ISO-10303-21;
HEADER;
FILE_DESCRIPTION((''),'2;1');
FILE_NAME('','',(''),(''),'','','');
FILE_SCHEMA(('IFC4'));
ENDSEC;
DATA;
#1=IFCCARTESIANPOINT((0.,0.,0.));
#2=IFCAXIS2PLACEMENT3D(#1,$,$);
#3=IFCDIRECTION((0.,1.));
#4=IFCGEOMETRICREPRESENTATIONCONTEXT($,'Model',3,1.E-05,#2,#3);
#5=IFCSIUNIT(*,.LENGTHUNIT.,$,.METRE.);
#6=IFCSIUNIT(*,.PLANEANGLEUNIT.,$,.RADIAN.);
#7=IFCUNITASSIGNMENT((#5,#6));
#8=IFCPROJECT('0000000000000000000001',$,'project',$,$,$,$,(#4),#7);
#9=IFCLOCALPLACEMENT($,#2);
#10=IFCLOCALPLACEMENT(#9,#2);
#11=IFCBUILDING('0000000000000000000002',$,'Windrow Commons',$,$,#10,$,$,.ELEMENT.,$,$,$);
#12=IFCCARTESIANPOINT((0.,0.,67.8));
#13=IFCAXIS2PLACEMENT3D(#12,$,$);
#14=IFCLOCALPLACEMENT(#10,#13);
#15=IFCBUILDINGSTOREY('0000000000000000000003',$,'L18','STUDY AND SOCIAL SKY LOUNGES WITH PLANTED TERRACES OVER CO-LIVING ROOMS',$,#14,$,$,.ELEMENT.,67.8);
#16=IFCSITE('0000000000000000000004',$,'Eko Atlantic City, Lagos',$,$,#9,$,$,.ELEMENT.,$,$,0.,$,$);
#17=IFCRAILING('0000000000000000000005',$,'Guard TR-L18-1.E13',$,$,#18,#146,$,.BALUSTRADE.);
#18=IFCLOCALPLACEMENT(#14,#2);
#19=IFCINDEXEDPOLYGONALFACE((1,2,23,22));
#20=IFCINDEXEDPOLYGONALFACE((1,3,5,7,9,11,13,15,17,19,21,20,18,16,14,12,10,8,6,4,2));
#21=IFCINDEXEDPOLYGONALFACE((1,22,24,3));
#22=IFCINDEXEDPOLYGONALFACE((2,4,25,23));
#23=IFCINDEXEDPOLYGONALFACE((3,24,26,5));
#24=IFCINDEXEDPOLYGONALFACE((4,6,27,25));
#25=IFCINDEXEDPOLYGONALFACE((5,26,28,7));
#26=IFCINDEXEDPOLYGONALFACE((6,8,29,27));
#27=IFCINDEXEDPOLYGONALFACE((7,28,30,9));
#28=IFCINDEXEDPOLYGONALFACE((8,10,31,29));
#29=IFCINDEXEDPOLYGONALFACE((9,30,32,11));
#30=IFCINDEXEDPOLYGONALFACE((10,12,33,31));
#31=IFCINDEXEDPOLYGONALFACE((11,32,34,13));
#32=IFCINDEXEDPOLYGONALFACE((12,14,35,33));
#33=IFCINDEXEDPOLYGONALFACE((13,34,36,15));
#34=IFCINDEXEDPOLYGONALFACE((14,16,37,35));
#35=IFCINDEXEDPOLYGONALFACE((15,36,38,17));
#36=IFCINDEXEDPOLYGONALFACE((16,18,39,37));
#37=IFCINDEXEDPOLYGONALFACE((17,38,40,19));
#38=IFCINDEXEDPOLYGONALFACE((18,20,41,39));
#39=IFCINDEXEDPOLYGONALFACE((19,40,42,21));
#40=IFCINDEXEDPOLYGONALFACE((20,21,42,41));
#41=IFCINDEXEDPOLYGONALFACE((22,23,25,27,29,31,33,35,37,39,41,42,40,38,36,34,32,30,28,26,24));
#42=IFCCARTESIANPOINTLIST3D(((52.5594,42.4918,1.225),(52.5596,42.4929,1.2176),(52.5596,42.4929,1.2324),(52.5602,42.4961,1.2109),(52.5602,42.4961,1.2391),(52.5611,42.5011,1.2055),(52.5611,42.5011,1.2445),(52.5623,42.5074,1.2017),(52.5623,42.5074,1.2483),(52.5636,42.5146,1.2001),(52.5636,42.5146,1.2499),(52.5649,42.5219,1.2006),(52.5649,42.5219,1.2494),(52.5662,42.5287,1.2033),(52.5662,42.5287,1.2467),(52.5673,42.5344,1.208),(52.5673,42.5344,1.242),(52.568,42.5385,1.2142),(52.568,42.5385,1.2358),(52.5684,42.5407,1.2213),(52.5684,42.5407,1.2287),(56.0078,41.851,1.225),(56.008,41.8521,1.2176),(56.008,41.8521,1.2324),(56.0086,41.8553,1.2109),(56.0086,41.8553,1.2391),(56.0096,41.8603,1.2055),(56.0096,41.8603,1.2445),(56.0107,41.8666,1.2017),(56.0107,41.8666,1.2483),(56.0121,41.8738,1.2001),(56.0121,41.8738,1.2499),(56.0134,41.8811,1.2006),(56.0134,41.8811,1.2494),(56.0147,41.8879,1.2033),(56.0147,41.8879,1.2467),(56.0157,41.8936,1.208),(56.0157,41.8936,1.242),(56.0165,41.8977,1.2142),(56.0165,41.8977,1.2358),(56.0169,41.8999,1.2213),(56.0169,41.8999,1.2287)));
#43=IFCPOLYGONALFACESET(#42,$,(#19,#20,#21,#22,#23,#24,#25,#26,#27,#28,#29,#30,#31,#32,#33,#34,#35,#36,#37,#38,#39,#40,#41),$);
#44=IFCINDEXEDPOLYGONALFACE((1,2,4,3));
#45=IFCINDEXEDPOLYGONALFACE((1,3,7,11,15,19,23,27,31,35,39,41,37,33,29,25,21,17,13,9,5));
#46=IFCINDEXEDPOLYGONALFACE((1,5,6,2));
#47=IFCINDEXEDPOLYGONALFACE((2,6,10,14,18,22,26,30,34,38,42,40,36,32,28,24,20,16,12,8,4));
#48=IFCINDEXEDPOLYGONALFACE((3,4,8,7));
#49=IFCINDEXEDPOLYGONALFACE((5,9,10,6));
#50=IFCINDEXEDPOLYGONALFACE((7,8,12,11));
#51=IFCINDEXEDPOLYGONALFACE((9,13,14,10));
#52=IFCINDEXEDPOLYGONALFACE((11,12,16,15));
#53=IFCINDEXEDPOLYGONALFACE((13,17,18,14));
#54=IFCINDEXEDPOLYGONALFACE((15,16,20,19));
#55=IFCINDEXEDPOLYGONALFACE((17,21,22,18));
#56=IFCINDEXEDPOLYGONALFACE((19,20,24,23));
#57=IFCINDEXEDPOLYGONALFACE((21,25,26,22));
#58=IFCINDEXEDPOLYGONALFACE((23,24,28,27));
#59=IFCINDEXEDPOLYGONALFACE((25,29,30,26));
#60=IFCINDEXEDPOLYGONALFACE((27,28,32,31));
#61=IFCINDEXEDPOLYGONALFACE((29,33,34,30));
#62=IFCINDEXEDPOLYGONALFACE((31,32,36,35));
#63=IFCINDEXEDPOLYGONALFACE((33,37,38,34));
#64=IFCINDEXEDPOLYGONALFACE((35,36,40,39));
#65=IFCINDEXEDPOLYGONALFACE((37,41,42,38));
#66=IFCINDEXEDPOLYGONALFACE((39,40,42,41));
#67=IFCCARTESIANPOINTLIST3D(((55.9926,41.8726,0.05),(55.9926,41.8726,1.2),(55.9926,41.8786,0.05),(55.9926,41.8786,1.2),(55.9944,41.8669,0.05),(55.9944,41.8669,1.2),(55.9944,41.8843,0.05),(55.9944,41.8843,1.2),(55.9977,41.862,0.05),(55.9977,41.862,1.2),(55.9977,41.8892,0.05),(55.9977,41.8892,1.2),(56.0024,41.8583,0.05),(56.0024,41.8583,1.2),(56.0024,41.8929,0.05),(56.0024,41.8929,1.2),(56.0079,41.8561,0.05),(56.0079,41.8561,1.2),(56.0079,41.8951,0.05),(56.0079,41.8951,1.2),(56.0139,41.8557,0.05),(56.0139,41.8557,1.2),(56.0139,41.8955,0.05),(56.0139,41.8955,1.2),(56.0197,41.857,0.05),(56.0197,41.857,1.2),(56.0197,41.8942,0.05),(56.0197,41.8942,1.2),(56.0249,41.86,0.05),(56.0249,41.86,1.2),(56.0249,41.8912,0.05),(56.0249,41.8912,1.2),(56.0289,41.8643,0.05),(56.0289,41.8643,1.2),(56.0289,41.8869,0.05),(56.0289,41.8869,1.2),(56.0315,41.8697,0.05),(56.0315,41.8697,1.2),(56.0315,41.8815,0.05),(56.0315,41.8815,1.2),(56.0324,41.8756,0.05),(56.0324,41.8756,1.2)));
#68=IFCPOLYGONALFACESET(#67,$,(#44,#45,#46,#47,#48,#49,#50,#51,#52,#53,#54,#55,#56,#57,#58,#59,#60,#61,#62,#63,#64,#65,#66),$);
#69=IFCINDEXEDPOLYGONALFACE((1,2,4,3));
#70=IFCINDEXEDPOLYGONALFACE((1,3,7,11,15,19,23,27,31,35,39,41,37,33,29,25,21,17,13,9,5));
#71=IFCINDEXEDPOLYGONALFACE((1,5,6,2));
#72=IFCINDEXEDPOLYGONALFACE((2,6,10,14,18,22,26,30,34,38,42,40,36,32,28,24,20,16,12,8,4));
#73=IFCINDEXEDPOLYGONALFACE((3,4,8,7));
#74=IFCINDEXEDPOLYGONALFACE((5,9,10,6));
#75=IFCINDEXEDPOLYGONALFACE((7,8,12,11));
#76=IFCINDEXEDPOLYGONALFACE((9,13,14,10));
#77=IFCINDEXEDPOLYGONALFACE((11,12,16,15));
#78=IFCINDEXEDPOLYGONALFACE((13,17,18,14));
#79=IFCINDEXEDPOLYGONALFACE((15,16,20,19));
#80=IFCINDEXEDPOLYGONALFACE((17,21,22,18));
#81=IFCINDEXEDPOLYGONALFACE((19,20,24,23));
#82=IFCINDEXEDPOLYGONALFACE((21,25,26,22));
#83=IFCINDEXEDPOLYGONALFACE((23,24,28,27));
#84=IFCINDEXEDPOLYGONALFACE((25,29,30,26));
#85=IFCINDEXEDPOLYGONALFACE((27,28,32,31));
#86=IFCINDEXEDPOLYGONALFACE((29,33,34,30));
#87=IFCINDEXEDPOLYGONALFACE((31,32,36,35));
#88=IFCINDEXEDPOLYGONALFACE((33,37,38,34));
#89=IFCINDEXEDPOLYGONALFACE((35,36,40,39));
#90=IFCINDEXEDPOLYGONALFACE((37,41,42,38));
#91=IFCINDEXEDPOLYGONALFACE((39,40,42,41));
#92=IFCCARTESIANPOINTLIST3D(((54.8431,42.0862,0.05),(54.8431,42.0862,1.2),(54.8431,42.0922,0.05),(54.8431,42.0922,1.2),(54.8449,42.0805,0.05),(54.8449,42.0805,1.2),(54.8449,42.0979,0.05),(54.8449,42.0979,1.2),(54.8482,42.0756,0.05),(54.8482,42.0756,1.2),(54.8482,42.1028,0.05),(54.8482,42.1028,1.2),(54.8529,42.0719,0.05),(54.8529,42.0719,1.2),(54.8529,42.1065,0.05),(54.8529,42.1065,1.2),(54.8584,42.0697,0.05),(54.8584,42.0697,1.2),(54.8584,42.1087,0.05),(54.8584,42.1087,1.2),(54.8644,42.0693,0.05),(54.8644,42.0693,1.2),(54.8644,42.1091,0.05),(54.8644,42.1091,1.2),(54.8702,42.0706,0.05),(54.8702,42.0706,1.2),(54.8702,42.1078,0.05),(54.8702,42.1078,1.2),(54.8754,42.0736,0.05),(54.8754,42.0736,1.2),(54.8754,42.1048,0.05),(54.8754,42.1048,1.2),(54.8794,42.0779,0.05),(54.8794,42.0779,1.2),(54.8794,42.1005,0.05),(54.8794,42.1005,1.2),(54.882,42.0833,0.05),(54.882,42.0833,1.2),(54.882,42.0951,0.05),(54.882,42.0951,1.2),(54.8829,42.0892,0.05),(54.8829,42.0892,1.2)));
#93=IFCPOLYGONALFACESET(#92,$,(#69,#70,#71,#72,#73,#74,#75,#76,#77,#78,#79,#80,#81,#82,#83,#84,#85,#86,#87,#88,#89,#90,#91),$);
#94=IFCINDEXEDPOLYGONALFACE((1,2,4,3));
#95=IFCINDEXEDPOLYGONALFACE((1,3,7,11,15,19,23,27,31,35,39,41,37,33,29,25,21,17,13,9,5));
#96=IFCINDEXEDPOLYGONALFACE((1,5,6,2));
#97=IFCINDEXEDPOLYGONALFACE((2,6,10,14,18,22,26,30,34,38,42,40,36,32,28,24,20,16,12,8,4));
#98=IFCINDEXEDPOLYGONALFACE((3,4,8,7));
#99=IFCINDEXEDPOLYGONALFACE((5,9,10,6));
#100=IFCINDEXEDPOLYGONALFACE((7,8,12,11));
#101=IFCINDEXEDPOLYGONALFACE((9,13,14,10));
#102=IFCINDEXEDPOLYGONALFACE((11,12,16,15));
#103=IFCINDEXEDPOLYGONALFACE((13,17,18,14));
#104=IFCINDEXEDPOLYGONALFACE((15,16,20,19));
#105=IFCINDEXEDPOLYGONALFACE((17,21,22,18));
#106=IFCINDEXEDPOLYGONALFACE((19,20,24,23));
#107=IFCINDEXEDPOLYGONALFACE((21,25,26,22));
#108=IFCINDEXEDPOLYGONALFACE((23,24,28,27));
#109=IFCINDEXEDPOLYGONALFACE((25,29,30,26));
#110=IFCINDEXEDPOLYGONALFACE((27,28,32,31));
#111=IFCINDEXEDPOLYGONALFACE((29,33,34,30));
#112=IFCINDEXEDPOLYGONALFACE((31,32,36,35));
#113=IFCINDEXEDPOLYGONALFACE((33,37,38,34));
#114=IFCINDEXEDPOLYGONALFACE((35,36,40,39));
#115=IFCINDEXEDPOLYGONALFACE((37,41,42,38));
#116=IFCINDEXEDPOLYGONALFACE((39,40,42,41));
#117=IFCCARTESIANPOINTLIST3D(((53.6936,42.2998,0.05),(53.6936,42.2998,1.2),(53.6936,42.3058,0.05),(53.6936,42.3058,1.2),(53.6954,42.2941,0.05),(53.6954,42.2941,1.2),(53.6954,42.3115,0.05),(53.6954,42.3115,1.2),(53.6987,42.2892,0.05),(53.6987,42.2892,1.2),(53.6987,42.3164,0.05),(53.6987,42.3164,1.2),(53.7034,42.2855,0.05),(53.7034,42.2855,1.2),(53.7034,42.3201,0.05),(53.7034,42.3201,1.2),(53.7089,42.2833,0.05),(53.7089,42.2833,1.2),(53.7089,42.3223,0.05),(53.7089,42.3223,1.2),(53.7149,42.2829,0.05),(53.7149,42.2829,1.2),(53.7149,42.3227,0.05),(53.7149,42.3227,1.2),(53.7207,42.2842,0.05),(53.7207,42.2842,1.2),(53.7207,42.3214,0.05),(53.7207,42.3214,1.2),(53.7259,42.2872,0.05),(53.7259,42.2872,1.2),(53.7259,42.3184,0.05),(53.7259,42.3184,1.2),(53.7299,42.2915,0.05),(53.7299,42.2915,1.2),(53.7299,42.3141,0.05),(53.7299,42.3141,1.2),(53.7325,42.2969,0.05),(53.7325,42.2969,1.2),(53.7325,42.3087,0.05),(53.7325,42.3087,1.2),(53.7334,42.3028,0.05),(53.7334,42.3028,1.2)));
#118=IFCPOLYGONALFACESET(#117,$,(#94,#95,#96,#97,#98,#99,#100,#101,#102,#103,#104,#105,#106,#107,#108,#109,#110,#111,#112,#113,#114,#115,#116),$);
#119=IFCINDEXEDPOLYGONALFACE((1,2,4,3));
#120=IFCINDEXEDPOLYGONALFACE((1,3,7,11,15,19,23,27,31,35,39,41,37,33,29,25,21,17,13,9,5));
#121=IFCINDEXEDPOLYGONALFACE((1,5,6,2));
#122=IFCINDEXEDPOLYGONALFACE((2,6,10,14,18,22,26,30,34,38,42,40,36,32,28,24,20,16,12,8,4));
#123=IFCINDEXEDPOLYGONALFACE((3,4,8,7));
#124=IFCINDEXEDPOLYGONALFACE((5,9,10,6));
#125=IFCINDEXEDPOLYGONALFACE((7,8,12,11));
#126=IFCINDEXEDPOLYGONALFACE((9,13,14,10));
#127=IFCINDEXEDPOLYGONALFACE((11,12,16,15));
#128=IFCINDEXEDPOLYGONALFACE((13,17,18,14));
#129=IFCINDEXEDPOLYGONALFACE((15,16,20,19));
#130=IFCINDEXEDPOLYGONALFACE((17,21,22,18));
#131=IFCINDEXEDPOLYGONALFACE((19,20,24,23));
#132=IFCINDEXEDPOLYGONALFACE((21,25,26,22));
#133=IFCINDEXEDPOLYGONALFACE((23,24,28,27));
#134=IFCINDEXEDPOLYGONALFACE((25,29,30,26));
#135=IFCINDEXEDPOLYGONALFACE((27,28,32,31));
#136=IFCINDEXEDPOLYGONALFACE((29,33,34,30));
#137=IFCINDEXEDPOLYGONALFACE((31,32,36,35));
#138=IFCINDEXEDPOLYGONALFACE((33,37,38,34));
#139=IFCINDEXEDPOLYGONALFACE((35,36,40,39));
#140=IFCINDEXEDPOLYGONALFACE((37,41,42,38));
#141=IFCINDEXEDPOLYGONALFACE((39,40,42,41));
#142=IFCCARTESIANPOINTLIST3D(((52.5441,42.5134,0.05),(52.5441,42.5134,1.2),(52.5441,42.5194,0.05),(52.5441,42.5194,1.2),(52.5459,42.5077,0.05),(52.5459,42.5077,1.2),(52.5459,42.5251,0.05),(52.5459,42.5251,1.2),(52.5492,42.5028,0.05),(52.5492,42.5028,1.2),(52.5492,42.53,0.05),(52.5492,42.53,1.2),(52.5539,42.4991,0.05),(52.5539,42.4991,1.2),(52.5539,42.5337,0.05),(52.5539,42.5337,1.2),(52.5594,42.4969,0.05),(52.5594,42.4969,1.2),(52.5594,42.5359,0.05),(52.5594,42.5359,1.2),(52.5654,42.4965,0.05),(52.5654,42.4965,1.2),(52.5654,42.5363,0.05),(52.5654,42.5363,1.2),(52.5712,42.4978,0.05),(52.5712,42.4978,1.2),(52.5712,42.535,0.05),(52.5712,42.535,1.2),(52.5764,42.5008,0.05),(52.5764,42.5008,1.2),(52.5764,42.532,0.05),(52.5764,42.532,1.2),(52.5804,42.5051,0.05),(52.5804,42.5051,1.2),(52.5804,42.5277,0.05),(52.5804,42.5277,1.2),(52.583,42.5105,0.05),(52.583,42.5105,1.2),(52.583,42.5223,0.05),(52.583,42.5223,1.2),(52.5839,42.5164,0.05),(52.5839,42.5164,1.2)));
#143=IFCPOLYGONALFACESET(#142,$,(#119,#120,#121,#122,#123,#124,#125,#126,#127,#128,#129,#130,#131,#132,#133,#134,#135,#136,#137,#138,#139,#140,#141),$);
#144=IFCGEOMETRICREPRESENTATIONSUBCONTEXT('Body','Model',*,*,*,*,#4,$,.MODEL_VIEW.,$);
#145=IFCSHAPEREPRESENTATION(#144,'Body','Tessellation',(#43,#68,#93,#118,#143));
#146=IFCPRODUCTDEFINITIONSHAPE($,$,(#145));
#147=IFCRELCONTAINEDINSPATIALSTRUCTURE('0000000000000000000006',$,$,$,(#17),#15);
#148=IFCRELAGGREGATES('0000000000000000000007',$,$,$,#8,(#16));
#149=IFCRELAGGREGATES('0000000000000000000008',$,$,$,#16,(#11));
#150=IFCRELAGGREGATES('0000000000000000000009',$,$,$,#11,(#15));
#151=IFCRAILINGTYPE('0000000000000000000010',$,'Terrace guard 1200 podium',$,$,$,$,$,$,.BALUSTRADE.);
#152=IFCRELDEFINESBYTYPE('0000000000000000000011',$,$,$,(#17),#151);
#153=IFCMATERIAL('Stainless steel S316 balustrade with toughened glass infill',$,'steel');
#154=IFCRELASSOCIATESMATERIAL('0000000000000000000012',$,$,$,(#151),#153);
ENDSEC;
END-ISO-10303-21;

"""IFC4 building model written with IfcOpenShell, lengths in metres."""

from ifc_helpers import new_model, si_unit, direction, frame, origin, origin_2d, place, context, subcontext, project, spatial, circle, extrude, material, type_object, element, save


model = new_model("IFC4")

# Units and contexts
model_context = context("Model", 3, precision=1e-05, world=origin(), true_north=direction((0.0, 1.0)))
body_context = subcontext(model_context, "Body", "Model", "MODEL_VIEW")
ifc_project = project(units=[si_unit("LENGTHUNIT", "METRE"), si_unit("PLANEANGLEUNIT", "RADIAN")], contexts=[model_context])

# Site, building, storey
site_placement = place(None, origin())
site = spatial("IfcSite", under=ifc_project, at=site_placement, Name="Eko Atlantic City, Lagos", CompositionType="ELEMENT", RefElevation=0.0)
building_placement = place(site_placement, origin())
building = spatial("IfcBuilding", under=site, at=building_placement, Name="Windrow Commons", CompositionType="ELEMENT")
storey_placement = place(building_placement, frame((0.0, 0.0, 67.8)))
storey = spatial("IfcBuildingStorey", under=building, at=storey_placement, Name="L18", Description="STUDY AND SOCIAL SKY LOUNGES WITH PLANTED TERRACES OVER CO-LIVING ROOMS", CompositionType="ELEMENT", Elevation=67.8)

# Railing
ifc_material_1 = material(Name="Stainless steel S316 balustrade with toughened glass infill", Category="steel")
railing_type = type_object("IfcRailingType", Name="Terrace guard 1200 podium", PredefinedType="BALUSTRADE", material=ifc_material_1)
railing_1_placement = place(storey_placement, frame((56.0124, 41.8756, 0.05)))
element("IfcRailing", 1, at=railing_1_placement, inside=storey, type_object=railing_type, Name="Guard TR-L18-1.E13", PredefinedType="BALUSTRADE", context=body_context, shape_type="SweptSolid", body=[
    extrude(circle(Radius=0.025, at=origin_2d()), frame((0.0, 0.0, 1.175), z_axis=(-0.98317, 0.182693, 0.0), x_axis=(-0.182693, -0.98317, 0.0)), (0.0, 0.0, 1.0), 3.5075),
    extrude(circle(Radius=0.02, at=origin_2d()), origin(), (0.0, 0.0, 1.0), 1.15),
    extrude(circle(Radius=0.02, at=origin_2d()), frame((-1.1495, 0.2136, 0.0)), (0.0, 0.0, 1.0), 1.15),
    extrude(circle(Radius=0.02, at=origin_2d()), frame((-2.299, 0.4272, 0.0)), (0.0, 0.0, 1.0), 1.15),
    extrude(circle(Radius=0.02, at=origin_2d()), frame((-3.4485, 0.6408, 0.0)), (0.0, 0.0, 1.0), 1.15),
])

save(model, "model.ifc")
